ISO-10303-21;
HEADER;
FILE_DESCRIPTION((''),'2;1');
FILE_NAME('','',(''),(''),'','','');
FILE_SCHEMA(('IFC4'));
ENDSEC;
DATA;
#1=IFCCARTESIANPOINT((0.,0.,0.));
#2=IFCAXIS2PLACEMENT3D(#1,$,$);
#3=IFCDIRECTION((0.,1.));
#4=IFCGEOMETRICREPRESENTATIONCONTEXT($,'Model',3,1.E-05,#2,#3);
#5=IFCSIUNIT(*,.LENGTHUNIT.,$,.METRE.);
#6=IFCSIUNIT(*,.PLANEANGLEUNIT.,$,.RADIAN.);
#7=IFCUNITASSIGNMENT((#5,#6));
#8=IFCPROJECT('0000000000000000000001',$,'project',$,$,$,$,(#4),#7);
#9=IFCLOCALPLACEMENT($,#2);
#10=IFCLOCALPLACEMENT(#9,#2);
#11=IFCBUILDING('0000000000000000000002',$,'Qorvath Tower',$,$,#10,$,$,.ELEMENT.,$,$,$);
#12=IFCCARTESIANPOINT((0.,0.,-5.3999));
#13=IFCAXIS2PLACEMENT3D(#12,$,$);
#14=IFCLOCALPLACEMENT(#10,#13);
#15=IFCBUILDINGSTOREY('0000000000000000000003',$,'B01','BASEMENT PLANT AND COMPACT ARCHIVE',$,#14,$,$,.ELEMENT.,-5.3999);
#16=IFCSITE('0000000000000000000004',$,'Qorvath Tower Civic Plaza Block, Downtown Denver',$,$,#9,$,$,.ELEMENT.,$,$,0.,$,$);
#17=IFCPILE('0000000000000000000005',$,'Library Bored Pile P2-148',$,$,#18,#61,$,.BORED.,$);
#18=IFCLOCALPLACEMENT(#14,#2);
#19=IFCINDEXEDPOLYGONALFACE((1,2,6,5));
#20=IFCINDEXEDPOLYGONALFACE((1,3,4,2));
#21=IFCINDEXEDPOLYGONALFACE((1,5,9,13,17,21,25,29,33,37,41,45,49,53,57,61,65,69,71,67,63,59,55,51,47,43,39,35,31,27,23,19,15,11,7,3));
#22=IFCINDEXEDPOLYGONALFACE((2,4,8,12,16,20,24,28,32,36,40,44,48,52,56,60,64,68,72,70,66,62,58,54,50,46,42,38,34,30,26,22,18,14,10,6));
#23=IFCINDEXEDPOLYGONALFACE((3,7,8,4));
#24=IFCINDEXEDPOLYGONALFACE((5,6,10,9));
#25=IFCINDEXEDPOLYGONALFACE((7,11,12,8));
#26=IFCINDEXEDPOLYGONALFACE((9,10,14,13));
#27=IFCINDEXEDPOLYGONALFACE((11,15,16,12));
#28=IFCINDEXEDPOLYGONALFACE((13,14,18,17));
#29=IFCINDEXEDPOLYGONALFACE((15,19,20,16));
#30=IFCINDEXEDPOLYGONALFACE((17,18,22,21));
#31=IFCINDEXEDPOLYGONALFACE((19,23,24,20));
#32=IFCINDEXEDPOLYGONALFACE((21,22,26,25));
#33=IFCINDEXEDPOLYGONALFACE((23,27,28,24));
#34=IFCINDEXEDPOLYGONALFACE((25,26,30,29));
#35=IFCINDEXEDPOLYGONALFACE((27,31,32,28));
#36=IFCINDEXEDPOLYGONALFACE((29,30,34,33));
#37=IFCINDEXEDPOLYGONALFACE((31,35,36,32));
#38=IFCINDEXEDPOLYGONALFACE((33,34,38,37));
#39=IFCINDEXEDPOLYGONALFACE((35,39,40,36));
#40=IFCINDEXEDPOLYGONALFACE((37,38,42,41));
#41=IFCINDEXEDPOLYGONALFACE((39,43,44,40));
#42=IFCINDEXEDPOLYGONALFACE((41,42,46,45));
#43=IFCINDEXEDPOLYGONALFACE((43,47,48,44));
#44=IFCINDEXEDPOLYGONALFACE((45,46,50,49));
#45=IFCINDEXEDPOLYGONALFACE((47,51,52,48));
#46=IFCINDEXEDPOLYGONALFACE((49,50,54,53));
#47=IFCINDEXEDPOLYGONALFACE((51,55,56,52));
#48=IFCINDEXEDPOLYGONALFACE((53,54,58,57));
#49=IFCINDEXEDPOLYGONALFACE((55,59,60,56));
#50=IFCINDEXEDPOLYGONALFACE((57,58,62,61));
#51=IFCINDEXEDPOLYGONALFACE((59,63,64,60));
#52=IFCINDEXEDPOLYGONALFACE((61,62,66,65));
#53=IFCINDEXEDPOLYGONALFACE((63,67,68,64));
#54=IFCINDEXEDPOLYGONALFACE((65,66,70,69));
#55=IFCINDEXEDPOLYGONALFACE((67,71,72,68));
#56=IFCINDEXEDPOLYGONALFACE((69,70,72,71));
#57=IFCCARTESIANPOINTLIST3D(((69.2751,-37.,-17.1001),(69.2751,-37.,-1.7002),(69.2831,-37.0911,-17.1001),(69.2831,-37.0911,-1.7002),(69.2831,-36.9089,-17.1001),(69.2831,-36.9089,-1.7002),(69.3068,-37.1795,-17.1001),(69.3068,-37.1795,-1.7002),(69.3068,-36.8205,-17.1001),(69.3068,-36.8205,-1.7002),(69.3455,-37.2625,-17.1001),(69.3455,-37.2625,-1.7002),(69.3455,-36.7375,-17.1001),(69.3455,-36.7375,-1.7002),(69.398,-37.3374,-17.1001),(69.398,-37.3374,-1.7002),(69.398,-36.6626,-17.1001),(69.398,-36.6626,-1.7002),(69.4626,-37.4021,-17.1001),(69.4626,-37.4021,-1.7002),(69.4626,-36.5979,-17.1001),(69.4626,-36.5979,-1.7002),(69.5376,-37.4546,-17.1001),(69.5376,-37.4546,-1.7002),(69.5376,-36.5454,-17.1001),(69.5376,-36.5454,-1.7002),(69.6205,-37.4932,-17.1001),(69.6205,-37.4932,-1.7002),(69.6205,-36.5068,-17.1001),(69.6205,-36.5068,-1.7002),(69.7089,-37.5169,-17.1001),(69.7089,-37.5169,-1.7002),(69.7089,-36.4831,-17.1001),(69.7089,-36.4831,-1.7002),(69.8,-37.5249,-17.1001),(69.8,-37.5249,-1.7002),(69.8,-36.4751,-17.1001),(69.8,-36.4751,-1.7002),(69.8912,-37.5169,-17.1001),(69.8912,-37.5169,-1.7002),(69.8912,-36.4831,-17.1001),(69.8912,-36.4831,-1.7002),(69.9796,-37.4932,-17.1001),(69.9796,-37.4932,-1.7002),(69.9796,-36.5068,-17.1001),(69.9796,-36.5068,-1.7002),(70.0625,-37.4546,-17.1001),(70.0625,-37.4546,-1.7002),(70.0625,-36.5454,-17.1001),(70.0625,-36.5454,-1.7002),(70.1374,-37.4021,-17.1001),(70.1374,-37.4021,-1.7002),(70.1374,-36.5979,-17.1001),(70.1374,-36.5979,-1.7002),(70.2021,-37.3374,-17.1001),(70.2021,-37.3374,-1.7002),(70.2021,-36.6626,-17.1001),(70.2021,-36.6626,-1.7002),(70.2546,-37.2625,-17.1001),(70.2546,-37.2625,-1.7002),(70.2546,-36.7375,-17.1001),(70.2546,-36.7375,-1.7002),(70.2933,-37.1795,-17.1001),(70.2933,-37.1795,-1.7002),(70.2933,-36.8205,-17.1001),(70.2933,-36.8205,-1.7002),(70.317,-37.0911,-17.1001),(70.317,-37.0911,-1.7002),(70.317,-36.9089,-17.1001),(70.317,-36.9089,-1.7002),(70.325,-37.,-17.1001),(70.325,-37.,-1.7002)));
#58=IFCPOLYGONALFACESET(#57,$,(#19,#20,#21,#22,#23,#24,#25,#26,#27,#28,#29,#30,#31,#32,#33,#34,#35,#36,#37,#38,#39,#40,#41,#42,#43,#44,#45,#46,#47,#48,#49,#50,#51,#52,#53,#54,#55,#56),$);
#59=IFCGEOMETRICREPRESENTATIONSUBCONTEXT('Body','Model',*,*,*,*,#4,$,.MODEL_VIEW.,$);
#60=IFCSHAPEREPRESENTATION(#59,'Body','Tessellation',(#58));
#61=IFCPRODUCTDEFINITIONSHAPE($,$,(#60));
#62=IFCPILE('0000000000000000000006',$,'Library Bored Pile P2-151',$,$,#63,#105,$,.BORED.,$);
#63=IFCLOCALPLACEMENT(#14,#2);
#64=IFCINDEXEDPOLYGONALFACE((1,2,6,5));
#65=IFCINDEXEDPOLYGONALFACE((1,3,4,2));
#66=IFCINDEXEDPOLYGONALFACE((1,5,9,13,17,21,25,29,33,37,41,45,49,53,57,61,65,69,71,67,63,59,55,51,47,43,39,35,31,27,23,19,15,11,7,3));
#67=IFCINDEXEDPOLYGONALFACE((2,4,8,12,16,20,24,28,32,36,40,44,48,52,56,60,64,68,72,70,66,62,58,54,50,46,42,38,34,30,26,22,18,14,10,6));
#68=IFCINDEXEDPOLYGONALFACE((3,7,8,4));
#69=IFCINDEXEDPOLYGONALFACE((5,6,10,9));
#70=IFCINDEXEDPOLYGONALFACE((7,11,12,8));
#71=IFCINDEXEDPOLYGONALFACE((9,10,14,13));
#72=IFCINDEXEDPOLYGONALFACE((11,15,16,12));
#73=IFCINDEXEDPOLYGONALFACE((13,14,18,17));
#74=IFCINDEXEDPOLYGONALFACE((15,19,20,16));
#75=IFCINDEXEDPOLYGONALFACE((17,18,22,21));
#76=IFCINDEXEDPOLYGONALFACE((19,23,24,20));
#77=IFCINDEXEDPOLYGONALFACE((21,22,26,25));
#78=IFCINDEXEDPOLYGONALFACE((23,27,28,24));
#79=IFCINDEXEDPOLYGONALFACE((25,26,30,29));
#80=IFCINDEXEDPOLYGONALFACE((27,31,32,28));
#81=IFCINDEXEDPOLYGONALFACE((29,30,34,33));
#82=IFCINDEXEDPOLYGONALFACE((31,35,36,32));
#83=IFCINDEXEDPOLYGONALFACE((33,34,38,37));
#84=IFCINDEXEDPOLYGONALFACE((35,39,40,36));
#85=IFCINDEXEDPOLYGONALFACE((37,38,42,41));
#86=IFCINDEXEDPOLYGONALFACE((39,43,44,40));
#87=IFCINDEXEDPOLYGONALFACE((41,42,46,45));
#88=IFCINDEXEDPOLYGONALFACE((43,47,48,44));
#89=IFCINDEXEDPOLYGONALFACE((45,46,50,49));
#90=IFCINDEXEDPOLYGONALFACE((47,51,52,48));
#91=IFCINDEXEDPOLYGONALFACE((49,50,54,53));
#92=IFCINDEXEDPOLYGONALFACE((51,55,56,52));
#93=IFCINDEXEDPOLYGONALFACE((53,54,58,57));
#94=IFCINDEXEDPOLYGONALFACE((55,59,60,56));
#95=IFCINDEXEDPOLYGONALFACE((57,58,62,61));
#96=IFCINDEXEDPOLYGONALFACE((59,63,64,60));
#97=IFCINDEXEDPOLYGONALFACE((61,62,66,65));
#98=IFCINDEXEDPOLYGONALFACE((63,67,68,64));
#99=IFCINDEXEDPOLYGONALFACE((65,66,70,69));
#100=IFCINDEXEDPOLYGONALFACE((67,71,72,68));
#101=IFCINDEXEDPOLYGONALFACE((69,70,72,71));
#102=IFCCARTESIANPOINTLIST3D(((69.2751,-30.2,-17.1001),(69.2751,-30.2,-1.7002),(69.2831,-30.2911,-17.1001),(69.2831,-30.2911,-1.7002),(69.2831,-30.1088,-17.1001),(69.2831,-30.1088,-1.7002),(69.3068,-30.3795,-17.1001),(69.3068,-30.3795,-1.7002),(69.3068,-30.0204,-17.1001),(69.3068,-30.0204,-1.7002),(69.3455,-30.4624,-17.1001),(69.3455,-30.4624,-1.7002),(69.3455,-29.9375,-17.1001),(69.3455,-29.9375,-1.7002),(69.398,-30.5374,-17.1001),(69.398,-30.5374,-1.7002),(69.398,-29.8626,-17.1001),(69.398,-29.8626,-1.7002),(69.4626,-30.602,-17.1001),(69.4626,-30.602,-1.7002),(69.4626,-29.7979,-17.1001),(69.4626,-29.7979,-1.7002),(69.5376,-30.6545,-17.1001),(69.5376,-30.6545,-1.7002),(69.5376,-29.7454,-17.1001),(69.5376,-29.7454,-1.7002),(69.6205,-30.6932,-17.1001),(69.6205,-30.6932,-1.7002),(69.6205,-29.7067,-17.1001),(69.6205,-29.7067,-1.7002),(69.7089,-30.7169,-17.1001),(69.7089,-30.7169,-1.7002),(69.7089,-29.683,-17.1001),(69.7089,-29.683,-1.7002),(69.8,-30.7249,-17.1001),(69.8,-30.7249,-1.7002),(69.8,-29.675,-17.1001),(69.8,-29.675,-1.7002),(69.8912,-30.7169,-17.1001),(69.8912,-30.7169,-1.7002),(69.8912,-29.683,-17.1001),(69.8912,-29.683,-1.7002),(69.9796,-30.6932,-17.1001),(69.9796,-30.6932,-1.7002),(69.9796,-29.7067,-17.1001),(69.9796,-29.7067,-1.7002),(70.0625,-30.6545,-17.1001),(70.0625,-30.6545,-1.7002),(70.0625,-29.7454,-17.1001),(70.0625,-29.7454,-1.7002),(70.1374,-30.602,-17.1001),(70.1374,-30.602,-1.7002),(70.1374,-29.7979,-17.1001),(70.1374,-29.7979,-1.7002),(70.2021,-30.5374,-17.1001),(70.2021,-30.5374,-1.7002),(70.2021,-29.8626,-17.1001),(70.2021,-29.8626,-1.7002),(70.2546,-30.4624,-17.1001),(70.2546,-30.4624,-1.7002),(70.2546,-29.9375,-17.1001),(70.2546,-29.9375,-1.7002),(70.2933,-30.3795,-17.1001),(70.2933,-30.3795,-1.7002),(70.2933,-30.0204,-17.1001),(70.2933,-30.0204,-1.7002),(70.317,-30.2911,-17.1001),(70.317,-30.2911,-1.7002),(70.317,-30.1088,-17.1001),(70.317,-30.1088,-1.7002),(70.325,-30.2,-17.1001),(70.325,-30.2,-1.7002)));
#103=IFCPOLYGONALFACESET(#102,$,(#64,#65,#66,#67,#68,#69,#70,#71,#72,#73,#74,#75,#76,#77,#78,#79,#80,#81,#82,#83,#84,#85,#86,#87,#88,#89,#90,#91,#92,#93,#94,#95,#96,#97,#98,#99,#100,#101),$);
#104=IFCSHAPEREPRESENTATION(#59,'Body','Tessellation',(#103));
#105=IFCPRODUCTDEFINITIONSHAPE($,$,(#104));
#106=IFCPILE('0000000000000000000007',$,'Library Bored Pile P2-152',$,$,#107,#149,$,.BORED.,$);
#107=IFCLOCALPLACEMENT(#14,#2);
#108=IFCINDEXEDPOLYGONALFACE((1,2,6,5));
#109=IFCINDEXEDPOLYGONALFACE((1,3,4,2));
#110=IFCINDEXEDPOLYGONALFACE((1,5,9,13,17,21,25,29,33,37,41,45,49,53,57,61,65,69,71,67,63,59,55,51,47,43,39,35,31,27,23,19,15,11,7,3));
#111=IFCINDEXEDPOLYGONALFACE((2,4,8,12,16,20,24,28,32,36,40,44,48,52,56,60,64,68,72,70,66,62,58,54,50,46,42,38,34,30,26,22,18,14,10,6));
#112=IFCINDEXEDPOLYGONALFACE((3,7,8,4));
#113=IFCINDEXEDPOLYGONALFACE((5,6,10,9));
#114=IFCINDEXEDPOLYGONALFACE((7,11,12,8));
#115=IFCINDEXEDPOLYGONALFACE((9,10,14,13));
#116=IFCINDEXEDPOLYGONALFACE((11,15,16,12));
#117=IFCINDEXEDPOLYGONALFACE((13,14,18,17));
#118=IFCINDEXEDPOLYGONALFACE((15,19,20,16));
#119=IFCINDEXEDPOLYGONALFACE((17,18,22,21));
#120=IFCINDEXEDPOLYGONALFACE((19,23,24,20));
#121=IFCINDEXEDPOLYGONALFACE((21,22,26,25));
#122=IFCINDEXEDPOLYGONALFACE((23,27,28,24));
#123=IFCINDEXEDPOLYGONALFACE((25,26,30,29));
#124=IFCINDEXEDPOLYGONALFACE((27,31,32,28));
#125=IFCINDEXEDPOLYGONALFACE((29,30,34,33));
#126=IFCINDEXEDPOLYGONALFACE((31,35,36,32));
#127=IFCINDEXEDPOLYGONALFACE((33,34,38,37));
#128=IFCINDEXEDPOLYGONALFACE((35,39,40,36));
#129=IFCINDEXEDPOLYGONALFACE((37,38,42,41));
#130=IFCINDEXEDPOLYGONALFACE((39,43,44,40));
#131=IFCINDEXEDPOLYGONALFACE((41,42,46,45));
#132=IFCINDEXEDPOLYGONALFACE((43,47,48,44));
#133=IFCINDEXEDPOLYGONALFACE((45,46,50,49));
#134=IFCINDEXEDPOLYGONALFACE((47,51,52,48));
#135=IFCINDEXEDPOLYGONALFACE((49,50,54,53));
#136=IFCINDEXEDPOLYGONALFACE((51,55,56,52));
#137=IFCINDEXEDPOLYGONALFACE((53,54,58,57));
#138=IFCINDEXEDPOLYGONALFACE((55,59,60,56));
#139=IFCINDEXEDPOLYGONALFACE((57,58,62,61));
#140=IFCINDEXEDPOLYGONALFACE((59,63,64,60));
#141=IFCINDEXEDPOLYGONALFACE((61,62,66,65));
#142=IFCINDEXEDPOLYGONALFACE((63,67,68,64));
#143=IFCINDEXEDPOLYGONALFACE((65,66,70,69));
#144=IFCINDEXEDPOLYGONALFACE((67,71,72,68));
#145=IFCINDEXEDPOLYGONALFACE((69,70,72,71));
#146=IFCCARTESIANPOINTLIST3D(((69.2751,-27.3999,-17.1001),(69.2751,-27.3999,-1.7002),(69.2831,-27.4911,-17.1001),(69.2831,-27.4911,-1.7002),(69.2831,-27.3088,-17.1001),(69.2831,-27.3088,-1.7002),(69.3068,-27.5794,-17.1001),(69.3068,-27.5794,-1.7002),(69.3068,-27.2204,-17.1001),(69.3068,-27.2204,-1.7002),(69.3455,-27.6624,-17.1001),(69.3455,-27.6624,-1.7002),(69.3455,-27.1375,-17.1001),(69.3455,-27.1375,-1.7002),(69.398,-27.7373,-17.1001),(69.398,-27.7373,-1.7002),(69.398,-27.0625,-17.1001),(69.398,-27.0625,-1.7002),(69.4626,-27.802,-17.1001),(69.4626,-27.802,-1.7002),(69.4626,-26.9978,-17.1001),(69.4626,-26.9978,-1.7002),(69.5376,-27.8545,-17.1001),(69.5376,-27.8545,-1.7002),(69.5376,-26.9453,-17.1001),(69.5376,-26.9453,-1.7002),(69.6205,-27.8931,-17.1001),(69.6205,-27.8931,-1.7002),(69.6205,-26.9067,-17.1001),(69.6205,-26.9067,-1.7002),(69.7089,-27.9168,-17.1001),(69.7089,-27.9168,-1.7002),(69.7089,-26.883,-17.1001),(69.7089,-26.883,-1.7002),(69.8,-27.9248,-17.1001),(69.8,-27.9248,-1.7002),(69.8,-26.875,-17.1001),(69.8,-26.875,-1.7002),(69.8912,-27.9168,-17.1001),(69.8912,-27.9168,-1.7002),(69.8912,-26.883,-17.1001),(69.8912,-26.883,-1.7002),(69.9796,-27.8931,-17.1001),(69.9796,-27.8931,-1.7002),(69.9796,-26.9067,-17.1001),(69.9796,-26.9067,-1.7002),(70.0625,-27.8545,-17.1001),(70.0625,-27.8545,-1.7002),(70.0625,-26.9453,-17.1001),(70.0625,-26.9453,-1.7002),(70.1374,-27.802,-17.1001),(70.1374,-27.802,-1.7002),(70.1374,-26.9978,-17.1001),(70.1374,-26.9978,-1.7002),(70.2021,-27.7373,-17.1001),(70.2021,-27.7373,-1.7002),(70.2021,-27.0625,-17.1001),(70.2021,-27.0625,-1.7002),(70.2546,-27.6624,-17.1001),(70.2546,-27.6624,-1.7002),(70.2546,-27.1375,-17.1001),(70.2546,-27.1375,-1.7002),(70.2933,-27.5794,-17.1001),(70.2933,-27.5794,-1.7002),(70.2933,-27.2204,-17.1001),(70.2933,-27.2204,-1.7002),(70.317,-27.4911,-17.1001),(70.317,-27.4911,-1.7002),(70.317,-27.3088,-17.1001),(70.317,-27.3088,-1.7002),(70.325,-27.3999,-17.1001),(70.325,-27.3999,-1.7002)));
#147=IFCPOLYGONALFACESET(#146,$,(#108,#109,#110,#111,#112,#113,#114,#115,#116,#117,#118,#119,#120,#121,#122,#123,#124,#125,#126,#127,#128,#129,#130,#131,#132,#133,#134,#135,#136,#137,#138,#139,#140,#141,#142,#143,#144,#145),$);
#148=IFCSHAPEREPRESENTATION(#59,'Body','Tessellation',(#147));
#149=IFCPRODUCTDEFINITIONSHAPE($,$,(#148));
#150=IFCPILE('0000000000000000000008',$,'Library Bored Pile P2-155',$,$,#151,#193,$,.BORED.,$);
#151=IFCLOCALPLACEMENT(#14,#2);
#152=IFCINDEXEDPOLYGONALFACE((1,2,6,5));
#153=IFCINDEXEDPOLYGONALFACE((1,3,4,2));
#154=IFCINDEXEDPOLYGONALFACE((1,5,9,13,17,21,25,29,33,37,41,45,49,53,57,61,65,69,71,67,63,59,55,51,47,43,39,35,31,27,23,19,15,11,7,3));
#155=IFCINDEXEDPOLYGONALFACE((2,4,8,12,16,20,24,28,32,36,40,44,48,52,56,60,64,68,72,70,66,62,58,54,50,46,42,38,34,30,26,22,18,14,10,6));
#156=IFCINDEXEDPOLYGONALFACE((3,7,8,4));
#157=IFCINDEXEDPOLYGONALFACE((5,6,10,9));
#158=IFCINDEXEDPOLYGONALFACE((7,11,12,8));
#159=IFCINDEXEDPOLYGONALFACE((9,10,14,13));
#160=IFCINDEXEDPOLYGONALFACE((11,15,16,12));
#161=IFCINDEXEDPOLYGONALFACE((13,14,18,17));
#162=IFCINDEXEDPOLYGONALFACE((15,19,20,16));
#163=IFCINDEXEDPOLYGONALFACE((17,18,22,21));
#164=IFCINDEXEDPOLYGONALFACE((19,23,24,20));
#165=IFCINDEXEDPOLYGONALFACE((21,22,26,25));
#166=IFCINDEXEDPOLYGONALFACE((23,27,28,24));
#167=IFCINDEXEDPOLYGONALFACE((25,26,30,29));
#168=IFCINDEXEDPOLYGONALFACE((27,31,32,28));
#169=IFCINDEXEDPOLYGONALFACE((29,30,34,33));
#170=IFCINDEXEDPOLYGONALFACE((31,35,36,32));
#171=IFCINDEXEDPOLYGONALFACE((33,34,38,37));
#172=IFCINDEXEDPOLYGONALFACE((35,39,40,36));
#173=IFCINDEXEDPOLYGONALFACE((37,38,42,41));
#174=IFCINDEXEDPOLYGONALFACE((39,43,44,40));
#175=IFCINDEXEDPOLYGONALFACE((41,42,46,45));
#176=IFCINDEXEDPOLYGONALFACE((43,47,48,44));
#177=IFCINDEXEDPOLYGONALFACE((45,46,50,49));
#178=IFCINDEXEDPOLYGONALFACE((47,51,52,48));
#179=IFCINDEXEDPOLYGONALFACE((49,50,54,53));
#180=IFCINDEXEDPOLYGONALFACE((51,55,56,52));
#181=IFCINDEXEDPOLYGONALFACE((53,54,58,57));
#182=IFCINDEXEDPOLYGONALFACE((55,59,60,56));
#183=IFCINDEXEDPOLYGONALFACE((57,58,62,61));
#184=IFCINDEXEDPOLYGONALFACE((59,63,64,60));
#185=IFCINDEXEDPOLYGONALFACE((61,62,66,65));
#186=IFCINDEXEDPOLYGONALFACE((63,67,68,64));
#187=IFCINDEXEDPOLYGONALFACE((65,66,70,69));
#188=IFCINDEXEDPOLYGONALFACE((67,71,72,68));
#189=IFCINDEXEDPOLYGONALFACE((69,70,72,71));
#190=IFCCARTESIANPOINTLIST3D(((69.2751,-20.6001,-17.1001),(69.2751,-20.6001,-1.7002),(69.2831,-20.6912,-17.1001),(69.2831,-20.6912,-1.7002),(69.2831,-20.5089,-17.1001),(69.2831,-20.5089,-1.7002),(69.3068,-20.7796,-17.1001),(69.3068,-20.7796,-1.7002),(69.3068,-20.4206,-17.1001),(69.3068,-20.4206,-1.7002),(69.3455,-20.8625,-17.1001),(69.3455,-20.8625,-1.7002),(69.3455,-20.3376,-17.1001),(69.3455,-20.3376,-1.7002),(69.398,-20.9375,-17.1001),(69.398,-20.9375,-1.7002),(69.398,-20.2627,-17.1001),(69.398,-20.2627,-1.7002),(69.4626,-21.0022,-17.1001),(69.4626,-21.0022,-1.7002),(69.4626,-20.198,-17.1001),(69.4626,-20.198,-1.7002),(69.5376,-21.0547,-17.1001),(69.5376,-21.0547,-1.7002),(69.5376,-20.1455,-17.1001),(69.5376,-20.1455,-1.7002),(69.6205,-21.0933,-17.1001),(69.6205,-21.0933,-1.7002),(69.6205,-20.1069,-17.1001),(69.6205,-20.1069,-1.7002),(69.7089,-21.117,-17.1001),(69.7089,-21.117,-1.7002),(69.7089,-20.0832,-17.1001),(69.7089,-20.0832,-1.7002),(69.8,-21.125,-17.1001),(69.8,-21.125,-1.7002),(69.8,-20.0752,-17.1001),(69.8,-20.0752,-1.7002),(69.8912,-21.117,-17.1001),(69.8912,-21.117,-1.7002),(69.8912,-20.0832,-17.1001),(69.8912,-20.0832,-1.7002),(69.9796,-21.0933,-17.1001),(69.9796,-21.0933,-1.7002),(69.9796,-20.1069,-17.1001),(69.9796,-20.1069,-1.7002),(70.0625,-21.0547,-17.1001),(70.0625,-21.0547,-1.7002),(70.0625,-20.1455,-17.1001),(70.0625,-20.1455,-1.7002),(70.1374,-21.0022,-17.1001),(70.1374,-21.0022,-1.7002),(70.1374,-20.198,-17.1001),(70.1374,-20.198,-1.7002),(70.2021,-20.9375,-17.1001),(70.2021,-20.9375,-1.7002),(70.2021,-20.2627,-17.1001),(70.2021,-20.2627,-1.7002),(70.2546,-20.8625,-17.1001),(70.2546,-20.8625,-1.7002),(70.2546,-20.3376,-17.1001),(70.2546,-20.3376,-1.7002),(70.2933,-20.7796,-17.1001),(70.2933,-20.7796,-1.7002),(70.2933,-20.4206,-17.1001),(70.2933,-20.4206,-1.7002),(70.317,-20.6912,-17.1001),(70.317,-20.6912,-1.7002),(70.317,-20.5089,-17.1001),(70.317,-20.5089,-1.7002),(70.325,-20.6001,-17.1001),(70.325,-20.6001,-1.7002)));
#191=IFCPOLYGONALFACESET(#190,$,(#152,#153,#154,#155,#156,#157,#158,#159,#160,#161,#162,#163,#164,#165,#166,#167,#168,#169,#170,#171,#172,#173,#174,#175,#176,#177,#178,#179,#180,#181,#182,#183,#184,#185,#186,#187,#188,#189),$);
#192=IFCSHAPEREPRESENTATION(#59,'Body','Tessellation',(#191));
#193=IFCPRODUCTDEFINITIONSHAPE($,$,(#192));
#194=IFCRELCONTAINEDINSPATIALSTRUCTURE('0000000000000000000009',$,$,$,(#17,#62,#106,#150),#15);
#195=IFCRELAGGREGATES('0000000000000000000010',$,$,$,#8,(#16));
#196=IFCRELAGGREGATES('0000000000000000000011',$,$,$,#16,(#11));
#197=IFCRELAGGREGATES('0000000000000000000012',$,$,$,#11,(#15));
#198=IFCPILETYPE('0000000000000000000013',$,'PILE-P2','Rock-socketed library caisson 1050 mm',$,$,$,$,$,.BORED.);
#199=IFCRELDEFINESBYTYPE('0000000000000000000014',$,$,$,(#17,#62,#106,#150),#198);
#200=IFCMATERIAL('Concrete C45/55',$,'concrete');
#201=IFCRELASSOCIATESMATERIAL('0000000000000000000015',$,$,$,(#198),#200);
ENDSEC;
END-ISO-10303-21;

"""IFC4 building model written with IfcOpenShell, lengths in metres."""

from ifc_helpers import new_model, si_unit, direction, frame, origin, origin_2d, place, context, subcontext, project, spatial, circle, extrude, material, material_profile, profile_set, type_object, element, save


model = new_model("IFC4")

# Units and contexts
model_context = context("Model", 3, precision=1e-05, world=origin(), true_north=direction((0.0, 1.0)))
body_context = subcontext(model_context, "Body", "Model", "MODEL_VIEW")
ifc_project = project(units=[si_unit("LENGTHUNIT", "METRE"), si_unit("PLANEANGLEUNIT", "RADIAN")], contexts=[model_context])

# Site, building, storey
site_placement = place(None, origin())
site = spatial("IfcSite", under=ifc_project, at=site_placement, Name="Qorvath Tower Civic Plaza Block, Downtown Denver", CompositionType="ELEMENT", RefElevation=0.0)
building_placement = place(site_placement, origin())
building = spatial("IfcBuilding", under=site, at=building_placement, Name="Qorvath Tower", CompositionType="ELEMENT")
storey_placement = place(building_placement, frame((0.0, 0.0, -5.3999)))
storey = spatial("IfcBuildingStorey", under=building, at=storey_placement, Name="B01", Description="BASEMENT PLANT AND COMPACT ARCHIVE", CompositionType="ELEMENT", Elevation=-5.3999)

# Piles
ifc_material_1 = material(Name="Concrete C45/55", Category="concrete")
ifc_material_profile_1 = material_profile(ifc_material_1, circle(Radius=0.5249, at=origin_2d()), Name="BORED PILE 1050")
ifc_profile_set_1 = profile_set([ifc_material_profile_1], Name="Concrete C45/55")
pile_type = type_object("IfcPileType", Name="PILE-P2", Description="Rock-socketed library caisson 1050 mm", PredefinedType="BORED", material=ifc_profile_set_1)
for number, where, z_axis, x_axis, name in (
    (1, (69.8, -37.0, -1.7002), (0.0, 0.0, -1.0), (1.0, 0.0, 0.0), "Library Bored Pile P2-148"),
    (2, (69.8, -30.2, -1.7002), (0.0, 0.0, -1.0), (1.0, 0.0, 0.0), "Library Bored Pile P2-151"),
    (3, (69.8, -27.3999, -1.7002), (0.0, 0.0, -1.0), (1.0, 0.0, 0.0), "Library Bored Pile P2-152"),
    (4, (69.8, -20.6001, -1.7002), (0.0, 0.0, -1.0), (1.0, 0.0, 0.0), "Library Bored Pile P2-155"),
):
    element("IfcPile", number, at=place(storey_placement, frame(where, z_axis=z_axis, x_axis=x_axis)), inside=storey, type_object=pile_type, Name=name, PredefinedType="BORED", context=body_context, shape_type="SweptSolid", body=[
        extrude(circle(Radius=0.5249, at=origin_2d()), origin(), (0.0, 0.0, 1.0), 15.3999),
    ])

save(model, "model.ifc")
